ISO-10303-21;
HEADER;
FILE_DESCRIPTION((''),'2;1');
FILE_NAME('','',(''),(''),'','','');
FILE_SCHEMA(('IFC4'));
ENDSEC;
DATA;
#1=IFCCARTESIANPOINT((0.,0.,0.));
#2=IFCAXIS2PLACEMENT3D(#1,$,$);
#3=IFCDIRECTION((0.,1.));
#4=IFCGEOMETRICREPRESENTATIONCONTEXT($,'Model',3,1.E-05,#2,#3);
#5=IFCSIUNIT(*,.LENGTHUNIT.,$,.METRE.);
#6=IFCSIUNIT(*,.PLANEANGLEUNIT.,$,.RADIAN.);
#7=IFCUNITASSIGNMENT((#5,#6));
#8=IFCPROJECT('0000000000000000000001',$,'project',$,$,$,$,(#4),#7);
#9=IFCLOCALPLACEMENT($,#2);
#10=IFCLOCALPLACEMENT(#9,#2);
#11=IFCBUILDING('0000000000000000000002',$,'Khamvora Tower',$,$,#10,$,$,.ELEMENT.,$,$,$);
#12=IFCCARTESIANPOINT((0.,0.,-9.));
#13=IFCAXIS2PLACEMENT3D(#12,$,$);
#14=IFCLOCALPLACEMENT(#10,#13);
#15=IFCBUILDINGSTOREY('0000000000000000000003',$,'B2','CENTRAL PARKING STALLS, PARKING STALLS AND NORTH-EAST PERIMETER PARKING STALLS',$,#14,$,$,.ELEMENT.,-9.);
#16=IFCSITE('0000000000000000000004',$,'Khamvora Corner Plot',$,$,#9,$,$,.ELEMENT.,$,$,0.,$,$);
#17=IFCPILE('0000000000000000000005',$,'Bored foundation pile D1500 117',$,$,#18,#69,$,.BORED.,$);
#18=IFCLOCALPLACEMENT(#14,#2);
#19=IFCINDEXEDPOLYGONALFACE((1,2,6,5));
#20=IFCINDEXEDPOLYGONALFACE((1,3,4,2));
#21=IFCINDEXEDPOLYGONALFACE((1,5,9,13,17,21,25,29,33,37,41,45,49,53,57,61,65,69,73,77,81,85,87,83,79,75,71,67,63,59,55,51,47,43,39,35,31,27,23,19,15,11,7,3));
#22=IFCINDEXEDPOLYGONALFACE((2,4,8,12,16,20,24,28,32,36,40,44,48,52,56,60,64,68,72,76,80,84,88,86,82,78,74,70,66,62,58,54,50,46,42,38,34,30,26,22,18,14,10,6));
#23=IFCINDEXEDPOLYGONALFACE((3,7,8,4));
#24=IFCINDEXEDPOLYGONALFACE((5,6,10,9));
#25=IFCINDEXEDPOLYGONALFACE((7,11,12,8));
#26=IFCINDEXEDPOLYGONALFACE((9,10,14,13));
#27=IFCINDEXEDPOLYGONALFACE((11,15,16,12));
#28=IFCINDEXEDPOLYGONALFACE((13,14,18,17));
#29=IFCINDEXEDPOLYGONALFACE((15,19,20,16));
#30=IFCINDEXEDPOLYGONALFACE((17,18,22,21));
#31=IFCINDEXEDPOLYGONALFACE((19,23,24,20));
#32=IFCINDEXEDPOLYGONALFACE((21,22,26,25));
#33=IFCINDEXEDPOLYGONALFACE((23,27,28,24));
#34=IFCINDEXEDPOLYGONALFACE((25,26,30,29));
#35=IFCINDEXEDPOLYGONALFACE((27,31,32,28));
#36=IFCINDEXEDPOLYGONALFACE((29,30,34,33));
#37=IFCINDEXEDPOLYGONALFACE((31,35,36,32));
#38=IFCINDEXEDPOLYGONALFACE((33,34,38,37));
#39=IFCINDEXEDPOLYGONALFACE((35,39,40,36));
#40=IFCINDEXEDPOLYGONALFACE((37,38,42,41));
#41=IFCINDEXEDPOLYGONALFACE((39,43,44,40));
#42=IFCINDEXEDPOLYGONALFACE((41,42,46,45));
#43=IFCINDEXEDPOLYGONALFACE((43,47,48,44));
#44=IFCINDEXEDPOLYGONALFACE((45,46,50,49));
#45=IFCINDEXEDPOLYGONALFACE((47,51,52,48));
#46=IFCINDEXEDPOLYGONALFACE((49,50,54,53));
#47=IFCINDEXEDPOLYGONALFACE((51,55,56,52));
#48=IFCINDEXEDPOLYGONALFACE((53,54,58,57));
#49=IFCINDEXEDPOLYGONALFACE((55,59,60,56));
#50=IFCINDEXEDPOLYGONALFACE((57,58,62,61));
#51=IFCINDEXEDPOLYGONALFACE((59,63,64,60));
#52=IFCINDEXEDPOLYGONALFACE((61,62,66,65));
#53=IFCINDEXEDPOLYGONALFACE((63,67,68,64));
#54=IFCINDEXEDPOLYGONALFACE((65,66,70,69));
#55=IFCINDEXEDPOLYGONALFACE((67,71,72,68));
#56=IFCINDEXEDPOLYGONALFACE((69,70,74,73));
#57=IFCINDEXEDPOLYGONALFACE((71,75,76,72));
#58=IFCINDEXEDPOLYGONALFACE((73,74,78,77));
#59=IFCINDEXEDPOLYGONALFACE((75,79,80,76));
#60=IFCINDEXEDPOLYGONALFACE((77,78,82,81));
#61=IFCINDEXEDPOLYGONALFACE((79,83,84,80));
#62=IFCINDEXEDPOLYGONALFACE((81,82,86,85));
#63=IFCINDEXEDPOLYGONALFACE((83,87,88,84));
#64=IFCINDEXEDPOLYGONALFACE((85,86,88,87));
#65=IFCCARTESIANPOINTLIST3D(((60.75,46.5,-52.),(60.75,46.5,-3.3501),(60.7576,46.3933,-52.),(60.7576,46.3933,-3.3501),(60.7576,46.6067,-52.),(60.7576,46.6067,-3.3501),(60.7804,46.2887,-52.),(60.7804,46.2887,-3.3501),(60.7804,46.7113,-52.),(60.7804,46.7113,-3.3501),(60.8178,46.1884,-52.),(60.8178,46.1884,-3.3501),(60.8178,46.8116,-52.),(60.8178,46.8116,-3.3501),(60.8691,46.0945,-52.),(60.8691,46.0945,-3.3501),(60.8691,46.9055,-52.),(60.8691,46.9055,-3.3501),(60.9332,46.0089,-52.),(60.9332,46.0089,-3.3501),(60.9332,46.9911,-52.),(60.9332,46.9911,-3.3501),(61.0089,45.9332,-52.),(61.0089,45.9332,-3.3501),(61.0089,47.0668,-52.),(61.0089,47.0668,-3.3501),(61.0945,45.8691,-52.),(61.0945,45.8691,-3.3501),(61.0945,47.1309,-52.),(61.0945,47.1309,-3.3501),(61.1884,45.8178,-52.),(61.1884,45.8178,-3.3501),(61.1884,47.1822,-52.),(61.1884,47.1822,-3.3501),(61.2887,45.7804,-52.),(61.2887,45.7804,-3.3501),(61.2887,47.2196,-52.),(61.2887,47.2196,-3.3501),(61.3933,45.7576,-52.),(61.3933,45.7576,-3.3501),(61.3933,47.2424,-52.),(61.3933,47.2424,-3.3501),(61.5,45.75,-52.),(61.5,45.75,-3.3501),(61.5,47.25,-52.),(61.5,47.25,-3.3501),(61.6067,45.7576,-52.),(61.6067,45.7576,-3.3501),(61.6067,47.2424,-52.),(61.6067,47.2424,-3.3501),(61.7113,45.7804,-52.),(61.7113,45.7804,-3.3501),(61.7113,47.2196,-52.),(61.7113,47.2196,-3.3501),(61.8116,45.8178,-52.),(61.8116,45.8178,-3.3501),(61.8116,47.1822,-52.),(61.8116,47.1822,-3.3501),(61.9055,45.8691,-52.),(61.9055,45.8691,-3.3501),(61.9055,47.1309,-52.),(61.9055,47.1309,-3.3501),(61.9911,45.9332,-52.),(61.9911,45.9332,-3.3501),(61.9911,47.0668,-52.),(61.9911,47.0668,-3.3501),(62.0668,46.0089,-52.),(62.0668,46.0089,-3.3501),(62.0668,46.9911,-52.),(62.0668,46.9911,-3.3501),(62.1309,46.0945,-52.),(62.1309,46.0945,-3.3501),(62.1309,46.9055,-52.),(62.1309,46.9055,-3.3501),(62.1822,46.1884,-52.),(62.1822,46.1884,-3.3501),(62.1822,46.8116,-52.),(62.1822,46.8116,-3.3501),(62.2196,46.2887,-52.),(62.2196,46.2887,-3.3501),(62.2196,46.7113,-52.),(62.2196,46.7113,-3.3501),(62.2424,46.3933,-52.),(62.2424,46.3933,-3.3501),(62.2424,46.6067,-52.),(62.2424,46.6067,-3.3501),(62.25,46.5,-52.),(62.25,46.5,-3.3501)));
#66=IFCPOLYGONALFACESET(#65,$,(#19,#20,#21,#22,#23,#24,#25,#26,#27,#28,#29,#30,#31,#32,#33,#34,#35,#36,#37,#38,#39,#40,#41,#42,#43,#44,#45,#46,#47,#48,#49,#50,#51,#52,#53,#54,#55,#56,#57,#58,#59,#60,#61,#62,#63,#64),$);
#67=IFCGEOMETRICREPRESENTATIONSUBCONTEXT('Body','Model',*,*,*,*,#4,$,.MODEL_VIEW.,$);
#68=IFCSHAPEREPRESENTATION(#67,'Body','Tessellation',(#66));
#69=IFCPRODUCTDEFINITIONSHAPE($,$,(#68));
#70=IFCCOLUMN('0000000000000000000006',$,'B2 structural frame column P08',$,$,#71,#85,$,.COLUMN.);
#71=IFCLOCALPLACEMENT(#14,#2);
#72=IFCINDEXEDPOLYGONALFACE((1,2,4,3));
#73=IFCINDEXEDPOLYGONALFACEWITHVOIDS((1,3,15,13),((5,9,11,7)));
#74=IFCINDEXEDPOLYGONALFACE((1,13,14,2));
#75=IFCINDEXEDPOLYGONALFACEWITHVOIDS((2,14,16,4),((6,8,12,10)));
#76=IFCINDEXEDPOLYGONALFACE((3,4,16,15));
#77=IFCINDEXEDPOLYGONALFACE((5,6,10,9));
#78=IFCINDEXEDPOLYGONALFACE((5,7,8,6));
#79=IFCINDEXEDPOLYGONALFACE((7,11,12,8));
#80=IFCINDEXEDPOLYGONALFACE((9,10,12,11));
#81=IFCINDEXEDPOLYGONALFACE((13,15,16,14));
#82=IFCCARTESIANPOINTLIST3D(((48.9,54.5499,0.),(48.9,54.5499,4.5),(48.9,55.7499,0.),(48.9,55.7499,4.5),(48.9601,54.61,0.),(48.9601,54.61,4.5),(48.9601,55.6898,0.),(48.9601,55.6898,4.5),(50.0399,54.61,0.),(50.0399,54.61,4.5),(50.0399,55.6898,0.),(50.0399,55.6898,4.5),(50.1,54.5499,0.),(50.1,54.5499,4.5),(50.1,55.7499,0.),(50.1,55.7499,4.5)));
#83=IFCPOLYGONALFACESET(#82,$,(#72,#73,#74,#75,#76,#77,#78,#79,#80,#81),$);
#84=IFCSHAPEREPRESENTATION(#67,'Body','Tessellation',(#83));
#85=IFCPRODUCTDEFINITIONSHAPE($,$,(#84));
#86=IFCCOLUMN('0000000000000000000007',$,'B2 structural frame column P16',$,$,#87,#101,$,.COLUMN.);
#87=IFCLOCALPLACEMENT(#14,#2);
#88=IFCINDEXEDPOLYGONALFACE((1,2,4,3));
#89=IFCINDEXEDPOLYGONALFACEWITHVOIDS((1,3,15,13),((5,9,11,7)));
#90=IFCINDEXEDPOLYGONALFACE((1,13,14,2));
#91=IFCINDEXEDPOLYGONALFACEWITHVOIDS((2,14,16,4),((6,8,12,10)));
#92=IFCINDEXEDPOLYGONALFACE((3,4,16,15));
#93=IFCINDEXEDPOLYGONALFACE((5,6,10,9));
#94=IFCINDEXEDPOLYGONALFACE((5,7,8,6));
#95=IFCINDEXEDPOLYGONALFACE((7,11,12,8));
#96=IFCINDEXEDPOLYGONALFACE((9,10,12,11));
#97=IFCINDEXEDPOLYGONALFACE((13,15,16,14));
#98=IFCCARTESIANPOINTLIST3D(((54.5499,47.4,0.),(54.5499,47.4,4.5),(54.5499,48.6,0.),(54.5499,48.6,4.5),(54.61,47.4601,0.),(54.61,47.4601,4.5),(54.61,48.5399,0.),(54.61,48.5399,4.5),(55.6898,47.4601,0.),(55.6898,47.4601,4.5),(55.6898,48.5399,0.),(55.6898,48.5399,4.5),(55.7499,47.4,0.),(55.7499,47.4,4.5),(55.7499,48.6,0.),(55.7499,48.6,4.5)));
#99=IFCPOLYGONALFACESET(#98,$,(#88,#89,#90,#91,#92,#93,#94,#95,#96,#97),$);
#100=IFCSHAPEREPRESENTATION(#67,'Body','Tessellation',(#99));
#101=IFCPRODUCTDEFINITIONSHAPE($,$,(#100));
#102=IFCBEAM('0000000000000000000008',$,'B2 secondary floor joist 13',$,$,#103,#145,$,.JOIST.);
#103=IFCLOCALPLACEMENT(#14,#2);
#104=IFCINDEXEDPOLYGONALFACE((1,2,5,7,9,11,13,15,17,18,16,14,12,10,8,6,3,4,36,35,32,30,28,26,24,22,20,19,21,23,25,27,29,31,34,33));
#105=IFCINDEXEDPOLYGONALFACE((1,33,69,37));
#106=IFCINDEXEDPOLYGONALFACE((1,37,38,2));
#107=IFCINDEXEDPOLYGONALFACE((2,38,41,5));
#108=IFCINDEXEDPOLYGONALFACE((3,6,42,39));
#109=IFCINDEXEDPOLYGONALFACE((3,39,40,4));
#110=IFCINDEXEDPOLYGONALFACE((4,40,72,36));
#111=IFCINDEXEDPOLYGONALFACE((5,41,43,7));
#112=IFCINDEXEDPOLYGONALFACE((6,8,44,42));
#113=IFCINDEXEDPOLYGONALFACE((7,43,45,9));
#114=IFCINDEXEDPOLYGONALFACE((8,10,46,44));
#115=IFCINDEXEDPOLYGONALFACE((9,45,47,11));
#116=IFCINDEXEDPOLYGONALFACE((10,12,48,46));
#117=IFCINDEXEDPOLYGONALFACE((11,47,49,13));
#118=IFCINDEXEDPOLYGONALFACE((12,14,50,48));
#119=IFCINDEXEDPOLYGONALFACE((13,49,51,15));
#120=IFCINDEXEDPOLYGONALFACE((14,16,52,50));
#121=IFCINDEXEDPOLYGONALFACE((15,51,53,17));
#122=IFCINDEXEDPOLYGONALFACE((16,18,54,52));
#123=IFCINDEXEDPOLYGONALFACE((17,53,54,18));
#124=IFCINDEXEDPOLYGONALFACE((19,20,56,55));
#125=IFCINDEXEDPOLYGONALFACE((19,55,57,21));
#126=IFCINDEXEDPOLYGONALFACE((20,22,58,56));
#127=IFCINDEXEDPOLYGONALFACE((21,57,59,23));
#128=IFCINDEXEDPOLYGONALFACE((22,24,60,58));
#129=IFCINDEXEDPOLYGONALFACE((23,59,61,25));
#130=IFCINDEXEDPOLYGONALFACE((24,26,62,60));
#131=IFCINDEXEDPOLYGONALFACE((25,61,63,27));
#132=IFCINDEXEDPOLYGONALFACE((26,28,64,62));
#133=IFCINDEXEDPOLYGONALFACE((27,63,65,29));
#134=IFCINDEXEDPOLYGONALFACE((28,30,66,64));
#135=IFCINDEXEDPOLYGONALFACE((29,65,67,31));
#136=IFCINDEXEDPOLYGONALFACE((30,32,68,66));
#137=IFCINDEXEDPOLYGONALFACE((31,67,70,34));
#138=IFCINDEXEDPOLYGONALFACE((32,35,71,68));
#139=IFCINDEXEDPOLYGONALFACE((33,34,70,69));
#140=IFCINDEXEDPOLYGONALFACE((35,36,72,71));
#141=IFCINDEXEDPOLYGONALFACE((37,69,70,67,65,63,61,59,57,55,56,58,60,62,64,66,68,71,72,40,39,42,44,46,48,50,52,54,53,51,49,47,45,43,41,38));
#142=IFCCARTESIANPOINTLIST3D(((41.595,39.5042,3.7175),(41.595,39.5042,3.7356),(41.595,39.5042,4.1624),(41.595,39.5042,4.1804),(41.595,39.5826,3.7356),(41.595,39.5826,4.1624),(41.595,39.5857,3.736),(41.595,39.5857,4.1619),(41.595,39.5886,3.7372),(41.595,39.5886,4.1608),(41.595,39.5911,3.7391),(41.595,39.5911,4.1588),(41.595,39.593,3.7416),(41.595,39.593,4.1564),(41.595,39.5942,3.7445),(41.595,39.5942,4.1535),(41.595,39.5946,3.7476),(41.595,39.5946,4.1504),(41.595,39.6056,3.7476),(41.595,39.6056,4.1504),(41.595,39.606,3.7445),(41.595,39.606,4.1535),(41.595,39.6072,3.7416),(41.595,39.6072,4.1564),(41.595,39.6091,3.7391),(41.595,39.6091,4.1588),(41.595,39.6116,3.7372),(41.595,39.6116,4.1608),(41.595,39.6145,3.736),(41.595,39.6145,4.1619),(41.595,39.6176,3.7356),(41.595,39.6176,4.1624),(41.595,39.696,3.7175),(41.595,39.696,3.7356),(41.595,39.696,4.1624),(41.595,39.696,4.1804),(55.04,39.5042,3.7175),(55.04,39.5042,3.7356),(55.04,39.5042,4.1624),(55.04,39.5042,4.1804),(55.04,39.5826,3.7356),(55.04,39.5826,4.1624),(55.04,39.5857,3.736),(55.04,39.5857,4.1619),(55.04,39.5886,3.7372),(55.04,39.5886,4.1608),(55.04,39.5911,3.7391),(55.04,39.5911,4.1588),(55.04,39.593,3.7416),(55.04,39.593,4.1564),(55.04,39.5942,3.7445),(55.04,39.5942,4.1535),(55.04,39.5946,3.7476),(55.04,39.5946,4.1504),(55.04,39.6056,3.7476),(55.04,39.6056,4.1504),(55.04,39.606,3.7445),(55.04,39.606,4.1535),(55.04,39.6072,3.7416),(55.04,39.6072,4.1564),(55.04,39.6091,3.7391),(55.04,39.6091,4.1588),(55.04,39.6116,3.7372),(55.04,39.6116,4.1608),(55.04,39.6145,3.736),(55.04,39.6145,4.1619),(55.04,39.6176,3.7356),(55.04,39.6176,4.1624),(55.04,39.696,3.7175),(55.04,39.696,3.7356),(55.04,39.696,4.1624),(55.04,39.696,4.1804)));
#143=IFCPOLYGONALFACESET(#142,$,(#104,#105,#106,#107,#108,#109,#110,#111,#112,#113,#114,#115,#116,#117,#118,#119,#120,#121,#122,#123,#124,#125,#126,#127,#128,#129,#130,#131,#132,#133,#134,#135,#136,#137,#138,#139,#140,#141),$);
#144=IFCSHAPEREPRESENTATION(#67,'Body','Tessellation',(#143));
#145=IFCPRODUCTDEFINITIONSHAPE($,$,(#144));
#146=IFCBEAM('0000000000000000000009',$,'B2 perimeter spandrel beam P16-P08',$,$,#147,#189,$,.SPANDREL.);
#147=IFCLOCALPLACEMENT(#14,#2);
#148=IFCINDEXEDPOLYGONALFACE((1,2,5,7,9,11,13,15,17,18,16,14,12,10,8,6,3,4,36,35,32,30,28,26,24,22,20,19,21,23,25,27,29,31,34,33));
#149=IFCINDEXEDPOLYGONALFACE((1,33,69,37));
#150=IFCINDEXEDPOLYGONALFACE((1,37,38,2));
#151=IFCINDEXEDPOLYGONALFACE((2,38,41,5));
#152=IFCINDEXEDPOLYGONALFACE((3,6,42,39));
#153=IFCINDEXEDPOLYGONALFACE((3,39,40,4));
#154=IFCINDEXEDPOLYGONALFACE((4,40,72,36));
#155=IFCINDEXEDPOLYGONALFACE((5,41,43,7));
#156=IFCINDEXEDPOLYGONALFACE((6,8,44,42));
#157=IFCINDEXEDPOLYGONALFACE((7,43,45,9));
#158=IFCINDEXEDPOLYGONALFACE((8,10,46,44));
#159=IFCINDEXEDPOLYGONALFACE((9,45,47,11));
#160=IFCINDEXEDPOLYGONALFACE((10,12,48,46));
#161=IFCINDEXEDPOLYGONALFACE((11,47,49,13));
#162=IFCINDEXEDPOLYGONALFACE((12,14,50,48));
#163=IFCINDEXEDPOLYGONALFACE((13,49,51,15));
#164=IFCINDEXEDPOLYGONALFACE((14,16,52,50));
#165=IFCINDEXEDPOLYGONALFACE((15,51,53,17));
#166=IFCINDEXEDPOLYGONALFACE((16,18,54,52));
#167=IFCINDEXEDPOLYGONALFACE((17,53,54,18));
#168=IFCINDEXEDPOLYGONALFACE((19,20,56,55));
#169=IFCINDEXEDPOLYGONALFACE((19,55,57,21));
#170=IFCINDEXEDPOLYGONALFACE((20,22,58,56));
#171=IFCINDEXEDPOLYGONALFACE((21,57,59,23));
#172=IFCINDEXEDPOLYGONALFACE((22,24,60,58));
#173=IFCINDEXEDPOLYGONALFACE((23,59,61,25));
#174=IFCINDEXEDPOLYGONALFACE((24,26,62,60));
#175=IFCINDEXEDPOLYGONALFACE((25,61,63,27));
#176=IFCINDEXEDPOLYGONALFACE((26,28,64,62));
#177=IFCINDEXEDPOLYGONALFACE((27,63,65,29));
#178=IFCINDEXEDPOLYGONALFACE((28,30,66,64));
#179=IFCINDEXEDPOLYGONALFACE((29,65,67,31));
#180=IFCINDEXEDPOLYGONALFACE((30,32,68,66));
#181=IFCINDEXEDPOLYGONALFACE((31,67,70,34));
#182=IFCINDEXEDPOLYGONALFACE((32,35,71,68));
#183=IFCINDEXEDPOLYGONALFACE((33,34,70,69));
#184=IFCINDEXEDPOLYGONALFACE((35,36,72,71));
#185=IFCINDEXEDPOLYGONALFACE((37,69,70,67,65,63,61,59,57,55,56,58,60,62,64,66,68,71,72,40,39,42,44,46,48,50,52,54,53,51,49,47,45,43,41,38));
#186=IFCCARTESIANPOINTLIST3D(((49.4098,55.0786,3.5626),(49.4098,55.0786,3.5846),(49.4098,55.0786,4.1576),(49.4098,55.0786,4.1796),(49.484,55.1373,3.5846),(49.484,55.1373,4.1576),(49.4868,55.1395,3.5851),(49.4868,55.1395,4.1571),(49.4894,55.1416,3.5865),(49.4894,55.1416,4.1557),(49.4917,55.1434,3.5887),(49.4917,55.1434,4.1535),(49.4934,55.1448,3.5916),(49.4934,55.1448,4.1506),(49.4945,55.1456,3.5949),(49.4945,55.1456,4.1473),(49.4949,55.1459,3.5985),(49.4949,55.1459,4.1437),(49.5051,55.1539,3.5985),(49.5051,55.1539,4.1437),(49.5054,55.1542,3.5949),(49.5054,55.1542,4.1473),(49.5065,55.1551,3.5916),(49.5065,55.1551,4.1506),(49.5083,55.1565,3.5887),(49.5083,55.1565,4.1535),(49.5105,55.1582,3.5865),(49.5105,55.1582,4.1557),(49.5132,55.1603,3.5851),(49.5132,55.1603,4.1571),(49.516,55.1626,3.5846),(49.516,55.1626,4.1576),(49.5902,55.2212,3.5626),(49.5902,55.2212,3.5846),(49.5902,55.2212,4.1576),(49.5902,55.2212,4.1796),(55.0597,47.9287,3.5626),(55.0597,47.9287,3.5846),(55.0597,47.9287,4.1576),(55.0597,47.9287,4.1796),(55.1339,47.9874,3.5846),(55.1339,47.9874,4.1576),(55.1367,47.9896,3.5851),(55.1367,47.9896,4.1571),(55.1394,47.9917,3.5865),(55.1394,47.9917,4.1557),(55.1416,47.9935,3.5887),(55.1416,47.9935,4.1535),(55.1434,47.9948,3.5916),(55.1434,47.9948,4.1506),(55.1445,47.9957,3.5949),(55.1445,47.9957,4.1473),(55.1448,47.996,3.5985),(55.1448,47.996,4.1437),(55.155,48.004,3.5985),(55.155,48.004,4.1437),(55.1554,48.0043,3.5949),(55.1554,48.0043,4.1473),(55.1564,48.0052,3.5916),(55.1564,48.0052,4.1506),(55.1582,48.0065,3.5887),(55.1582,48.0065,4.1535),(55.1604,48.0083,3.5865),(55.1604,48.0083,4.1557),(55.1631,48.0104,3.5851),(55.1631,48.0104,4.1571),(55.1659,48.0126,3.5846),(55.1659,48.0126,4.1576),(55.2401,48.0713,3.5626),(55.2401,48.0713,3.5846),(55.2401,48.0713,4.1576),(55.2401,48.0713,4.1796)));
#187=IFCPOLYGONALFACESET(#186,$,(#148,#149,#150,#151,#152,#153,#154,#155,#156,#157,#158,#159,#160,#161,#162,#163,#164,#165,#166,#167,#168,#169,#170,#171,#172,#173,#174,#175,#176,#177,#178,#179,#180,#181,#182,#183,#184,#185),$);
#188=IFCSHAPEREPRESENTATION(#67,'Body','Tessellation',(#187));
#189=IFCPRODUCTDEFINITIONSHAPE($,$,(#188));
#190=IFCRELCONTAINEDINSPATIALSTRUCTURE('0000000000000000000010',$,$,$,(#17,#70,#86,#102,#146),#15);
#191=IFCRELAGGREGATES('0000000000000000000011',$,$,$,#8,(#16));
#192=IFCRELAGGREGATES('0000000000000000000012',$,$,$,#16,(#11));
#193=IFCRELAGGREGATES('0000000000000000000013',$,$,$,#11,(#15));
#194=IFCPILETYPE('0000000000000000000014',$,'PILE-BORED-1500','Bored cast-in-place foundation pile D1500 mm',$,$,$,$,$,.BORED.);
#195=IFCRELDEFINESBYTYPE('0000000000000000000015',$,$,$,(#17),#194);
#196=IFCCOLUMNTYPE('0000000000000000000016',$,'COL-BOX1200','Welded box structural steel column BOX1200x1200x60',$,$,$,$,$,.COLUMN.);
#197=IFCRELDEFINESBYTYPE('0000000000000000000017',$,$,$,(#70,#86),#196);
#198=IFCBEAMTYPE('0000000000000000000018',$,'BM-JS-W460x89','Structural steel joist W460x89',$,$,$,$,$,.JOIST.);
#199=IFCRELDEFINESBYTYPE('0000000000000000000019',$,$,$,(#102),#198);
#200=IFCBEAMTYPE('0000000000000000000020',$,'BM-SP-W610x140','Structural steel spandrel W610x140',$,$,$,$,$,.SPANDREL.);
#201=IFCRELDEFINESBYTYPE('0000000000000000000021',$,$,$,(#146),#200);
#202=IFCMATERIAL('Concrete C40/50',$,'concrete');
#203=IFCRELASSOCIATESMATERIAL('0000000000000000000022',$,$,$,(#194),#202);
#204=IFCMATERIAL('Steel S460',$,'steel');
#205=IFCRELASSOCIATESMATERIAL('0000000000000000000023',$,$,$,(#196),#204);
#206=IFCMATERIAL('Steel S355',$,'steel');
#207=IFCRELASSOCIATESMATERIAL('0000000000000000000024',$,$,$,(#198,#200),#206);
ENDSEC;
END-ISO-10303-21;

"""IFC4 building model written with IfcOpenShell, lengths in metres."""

from ifc_helpers import new_model, si_unit, direction, frame, origin, origin_2d, place, context, subcontext, project, spatial, hollow_rectangle, circle, i_section, extrude, material, material_profile, profile_set, type_object, element, save


model = new_model("IFC4")

# Units and contexts
model_context = context("Model", 3, precision=1e-05, world=origin(), true_north=direction((0.0, 1.0)))
body_context = subcontext(model_context, "Body", "Model", "MODEL_VIEW")
ifc_project = project(units=[si_unit("LENGTHUNIT", "METRE"), si_unit("PLANEANGLEUNIT", "RADIAN")], contexts=[model_context])

# Site, building, storey
site_placement = place(None, origin())
site = spatial("IfcSite", under=ifc_project, at=site_placement, Name="Khamvora Corner Plot", CompositionType="ELEMENT", RefElevation=0.0)
building_placement = place(site_placement, origin())
building = spatial("IfcBuilding", under=site, at=building_placement, Name="Khamvora Tower", CompositionType="ELEMENT")
storey_placement = place(building_placement, frame((0.0, 0.0, -9.0)))
storey = spatial("IfcBuildingStorey", under=building, at=storey_placement, Name="B2", Description="CENTRAL PARKING STALLS, PARKING STALLS AND NORTH-EAST PERIMETER PARKING STALLS", CompositionType="ELEMENT", Elevation=-9.0)

# Pile
ifc_material_1 = material(Name="Concrete C40/50", Category="concrete")
ifc_material_profile_1 = material_profile(ifc_material_1, circle(Radius=0.75, at=origin_2d()), Name="PILE_D1500")
ifc_profile_set_1 = profile_set([ifc_material_profile_1], Name="Concrete C40/50")
pile_type_1 = type_object("IfcPileType", Name="PILE-BORED-1500", Description="Bored cast-in-place foundation pile D1500 mm", PredefinedType="BORED", material=ifc_profile_set_1)
for number, where, z_axis, x_axis, name in (
    (1, (61.5, 46.5, -3.3501), (0.0, 0.0, -1.0), (1.0, 0.0, 0.0), "Bored foundation pile D1500 117"),
):
    element("IfcPile", number, at=place(storey_placement, frame(where, z_axis=z_axis, x_axis=x_axis)), inside=storey, type_object=pile_type_1, Name=name, PredefinedType="BORED", context=body_context, shape_type="SweptSolid", body=[
        extrude(circle(Radius=0.75, at=origin_2d()), origin(), (0.0, 0.0, 1.0), 48.6499),
    ])

# Columns
ifc_material_2 = material(Name="Steel S460", Category="steel")
ifc_material_profile_2 = material_profile(ifc_material_2, hollow_rectangle(XDim=1.2, YDim=1.2, WallThickness=0.0601, at=origin_2d()), Name="BOX1200x1200x60")
ifc_profile_set_2 = profile_set([ifc_material_profile_2], Name="Steel S460")
column_type = type_object("IfcColumnType", Name="COL-BOX1200", Description="Welded box structural steel column BOX1200x1200x60", PredefinedType="COLUMN", material=ifc_profile_set_2)
for number, where, z_axis, x_axis, name in (
    (2, (49.5, 55.1499, 0.0), (0.0, 0.0, 1.0), (1.0, 0.0, 0.0), "B2 structural frame column P08"),
    (3, (55.1499, 48.0, 0.0), (0.0, 0.0, 1.0), (1.0, 0.0, 0.0), "B2 structural frame column P16"),
):
    element("IfcColumn", number, at=place(storey_placement, frame(where, z_axis=z_axis, x_axis=x_axis)), inside=storey, type_object=column_type, Name=name, PredefinedType="COLUMN", context=body_context, shape_type="SweptSolid", body=[
        extrude(hollow_rectangle(XDim=1.2, YDim=1.2, WallThickness=0.0601, at=origin_2d()), origin(), (0.0, 0.0, 1.0), 4.5),
    ])

# Beams
ifc_material_3 = material(Name="Steel S355", Category="steel")
ifc_material_profile_3 = material_profile(ifc_material_3, i_section(OverallWidth=0.1919, OverallDepth=0.4629, WebThickness=0.011, FlangeThickness=0.0181, FilletRadius=0.012, at=origin_2d()), Name="W460x89")
ifc_profile_set_3 = profile_set([ifc_material_profile_3], Name="Steel S355")
beam_type_1 = type_object("IfcBeamType", Name="BM-JS-W460x89", Description="Structural steel joist W460x89", PredefinedType="JOIST", material=ifc_profile_set_3)
beam_1_placement = place(storey_placement, frame((41.595, 39.6001, 3.949), z_axis=(1.0, 0.0, 0.0), x_axis=(0.0, 1.0, 0.0)))
element("IfcBeam", 4, at=beam_1_placement, inside=storey, type_object=beam_type_1, Name="B2 secondary floor joist 13", PredefinedType="JOIST", context=body_context, shape_type="SweptSolid", body=[
    extrude(i_section(OverallWidth=0.1919, OverallDepth=0.4629, WebThickness=0.011, FlangeThickness=0.0181, FilletRadius=0.012, at=origin_2d()), origin(), (0.0, 0.0, 1.0), 13.4451),
])
ifc_material_profile_4 = material_profile(ifc_material_3, i_section(OverallWidth=0.23, OverallDepth=0.6169, WebThickness=0.0129, FlangeThickness=0.022, FilletRadius=0.0139, at=origin_2d()), Name="W610x140")
ifc_profile_set_4 = profile_set([ifc_material_profile_4], Name="Steel S355")
beam_type_2 = type_object("IfcBeamType", Name="BM-SP-W610x140", Description="Structural steel spandrel W610x140", PredefinedType="SPANDREL", material=ifc_profile_set_4)
beam_2_placement = place(storey_placement, frame((55.1499, 48.0, 3.8711), z_axis=(-0.619999, 0.784603, 0.0), x_axis=(-0.784603, -0.619999, 0.0)))
element("IfcBeam", 5, at=beam_2_placement, inside=storey, type_object=beam_type_2, Name="B2 perimeter spandrel beam P16-P08", PredefinedType="SPANDREL", context=body_context, shape_type="SweptSolid", body=[
    extrude(i_section(OverallWidth=0.23, OverallDepth=0.6169, WebThickness=0.0129, FlangeThickness=0.022, FilletRadius=0.0139, at=origin_2d()), origin(), (0.0, 0.0, 1.0), 9.1128),
])

save(model, "model.ifc")
